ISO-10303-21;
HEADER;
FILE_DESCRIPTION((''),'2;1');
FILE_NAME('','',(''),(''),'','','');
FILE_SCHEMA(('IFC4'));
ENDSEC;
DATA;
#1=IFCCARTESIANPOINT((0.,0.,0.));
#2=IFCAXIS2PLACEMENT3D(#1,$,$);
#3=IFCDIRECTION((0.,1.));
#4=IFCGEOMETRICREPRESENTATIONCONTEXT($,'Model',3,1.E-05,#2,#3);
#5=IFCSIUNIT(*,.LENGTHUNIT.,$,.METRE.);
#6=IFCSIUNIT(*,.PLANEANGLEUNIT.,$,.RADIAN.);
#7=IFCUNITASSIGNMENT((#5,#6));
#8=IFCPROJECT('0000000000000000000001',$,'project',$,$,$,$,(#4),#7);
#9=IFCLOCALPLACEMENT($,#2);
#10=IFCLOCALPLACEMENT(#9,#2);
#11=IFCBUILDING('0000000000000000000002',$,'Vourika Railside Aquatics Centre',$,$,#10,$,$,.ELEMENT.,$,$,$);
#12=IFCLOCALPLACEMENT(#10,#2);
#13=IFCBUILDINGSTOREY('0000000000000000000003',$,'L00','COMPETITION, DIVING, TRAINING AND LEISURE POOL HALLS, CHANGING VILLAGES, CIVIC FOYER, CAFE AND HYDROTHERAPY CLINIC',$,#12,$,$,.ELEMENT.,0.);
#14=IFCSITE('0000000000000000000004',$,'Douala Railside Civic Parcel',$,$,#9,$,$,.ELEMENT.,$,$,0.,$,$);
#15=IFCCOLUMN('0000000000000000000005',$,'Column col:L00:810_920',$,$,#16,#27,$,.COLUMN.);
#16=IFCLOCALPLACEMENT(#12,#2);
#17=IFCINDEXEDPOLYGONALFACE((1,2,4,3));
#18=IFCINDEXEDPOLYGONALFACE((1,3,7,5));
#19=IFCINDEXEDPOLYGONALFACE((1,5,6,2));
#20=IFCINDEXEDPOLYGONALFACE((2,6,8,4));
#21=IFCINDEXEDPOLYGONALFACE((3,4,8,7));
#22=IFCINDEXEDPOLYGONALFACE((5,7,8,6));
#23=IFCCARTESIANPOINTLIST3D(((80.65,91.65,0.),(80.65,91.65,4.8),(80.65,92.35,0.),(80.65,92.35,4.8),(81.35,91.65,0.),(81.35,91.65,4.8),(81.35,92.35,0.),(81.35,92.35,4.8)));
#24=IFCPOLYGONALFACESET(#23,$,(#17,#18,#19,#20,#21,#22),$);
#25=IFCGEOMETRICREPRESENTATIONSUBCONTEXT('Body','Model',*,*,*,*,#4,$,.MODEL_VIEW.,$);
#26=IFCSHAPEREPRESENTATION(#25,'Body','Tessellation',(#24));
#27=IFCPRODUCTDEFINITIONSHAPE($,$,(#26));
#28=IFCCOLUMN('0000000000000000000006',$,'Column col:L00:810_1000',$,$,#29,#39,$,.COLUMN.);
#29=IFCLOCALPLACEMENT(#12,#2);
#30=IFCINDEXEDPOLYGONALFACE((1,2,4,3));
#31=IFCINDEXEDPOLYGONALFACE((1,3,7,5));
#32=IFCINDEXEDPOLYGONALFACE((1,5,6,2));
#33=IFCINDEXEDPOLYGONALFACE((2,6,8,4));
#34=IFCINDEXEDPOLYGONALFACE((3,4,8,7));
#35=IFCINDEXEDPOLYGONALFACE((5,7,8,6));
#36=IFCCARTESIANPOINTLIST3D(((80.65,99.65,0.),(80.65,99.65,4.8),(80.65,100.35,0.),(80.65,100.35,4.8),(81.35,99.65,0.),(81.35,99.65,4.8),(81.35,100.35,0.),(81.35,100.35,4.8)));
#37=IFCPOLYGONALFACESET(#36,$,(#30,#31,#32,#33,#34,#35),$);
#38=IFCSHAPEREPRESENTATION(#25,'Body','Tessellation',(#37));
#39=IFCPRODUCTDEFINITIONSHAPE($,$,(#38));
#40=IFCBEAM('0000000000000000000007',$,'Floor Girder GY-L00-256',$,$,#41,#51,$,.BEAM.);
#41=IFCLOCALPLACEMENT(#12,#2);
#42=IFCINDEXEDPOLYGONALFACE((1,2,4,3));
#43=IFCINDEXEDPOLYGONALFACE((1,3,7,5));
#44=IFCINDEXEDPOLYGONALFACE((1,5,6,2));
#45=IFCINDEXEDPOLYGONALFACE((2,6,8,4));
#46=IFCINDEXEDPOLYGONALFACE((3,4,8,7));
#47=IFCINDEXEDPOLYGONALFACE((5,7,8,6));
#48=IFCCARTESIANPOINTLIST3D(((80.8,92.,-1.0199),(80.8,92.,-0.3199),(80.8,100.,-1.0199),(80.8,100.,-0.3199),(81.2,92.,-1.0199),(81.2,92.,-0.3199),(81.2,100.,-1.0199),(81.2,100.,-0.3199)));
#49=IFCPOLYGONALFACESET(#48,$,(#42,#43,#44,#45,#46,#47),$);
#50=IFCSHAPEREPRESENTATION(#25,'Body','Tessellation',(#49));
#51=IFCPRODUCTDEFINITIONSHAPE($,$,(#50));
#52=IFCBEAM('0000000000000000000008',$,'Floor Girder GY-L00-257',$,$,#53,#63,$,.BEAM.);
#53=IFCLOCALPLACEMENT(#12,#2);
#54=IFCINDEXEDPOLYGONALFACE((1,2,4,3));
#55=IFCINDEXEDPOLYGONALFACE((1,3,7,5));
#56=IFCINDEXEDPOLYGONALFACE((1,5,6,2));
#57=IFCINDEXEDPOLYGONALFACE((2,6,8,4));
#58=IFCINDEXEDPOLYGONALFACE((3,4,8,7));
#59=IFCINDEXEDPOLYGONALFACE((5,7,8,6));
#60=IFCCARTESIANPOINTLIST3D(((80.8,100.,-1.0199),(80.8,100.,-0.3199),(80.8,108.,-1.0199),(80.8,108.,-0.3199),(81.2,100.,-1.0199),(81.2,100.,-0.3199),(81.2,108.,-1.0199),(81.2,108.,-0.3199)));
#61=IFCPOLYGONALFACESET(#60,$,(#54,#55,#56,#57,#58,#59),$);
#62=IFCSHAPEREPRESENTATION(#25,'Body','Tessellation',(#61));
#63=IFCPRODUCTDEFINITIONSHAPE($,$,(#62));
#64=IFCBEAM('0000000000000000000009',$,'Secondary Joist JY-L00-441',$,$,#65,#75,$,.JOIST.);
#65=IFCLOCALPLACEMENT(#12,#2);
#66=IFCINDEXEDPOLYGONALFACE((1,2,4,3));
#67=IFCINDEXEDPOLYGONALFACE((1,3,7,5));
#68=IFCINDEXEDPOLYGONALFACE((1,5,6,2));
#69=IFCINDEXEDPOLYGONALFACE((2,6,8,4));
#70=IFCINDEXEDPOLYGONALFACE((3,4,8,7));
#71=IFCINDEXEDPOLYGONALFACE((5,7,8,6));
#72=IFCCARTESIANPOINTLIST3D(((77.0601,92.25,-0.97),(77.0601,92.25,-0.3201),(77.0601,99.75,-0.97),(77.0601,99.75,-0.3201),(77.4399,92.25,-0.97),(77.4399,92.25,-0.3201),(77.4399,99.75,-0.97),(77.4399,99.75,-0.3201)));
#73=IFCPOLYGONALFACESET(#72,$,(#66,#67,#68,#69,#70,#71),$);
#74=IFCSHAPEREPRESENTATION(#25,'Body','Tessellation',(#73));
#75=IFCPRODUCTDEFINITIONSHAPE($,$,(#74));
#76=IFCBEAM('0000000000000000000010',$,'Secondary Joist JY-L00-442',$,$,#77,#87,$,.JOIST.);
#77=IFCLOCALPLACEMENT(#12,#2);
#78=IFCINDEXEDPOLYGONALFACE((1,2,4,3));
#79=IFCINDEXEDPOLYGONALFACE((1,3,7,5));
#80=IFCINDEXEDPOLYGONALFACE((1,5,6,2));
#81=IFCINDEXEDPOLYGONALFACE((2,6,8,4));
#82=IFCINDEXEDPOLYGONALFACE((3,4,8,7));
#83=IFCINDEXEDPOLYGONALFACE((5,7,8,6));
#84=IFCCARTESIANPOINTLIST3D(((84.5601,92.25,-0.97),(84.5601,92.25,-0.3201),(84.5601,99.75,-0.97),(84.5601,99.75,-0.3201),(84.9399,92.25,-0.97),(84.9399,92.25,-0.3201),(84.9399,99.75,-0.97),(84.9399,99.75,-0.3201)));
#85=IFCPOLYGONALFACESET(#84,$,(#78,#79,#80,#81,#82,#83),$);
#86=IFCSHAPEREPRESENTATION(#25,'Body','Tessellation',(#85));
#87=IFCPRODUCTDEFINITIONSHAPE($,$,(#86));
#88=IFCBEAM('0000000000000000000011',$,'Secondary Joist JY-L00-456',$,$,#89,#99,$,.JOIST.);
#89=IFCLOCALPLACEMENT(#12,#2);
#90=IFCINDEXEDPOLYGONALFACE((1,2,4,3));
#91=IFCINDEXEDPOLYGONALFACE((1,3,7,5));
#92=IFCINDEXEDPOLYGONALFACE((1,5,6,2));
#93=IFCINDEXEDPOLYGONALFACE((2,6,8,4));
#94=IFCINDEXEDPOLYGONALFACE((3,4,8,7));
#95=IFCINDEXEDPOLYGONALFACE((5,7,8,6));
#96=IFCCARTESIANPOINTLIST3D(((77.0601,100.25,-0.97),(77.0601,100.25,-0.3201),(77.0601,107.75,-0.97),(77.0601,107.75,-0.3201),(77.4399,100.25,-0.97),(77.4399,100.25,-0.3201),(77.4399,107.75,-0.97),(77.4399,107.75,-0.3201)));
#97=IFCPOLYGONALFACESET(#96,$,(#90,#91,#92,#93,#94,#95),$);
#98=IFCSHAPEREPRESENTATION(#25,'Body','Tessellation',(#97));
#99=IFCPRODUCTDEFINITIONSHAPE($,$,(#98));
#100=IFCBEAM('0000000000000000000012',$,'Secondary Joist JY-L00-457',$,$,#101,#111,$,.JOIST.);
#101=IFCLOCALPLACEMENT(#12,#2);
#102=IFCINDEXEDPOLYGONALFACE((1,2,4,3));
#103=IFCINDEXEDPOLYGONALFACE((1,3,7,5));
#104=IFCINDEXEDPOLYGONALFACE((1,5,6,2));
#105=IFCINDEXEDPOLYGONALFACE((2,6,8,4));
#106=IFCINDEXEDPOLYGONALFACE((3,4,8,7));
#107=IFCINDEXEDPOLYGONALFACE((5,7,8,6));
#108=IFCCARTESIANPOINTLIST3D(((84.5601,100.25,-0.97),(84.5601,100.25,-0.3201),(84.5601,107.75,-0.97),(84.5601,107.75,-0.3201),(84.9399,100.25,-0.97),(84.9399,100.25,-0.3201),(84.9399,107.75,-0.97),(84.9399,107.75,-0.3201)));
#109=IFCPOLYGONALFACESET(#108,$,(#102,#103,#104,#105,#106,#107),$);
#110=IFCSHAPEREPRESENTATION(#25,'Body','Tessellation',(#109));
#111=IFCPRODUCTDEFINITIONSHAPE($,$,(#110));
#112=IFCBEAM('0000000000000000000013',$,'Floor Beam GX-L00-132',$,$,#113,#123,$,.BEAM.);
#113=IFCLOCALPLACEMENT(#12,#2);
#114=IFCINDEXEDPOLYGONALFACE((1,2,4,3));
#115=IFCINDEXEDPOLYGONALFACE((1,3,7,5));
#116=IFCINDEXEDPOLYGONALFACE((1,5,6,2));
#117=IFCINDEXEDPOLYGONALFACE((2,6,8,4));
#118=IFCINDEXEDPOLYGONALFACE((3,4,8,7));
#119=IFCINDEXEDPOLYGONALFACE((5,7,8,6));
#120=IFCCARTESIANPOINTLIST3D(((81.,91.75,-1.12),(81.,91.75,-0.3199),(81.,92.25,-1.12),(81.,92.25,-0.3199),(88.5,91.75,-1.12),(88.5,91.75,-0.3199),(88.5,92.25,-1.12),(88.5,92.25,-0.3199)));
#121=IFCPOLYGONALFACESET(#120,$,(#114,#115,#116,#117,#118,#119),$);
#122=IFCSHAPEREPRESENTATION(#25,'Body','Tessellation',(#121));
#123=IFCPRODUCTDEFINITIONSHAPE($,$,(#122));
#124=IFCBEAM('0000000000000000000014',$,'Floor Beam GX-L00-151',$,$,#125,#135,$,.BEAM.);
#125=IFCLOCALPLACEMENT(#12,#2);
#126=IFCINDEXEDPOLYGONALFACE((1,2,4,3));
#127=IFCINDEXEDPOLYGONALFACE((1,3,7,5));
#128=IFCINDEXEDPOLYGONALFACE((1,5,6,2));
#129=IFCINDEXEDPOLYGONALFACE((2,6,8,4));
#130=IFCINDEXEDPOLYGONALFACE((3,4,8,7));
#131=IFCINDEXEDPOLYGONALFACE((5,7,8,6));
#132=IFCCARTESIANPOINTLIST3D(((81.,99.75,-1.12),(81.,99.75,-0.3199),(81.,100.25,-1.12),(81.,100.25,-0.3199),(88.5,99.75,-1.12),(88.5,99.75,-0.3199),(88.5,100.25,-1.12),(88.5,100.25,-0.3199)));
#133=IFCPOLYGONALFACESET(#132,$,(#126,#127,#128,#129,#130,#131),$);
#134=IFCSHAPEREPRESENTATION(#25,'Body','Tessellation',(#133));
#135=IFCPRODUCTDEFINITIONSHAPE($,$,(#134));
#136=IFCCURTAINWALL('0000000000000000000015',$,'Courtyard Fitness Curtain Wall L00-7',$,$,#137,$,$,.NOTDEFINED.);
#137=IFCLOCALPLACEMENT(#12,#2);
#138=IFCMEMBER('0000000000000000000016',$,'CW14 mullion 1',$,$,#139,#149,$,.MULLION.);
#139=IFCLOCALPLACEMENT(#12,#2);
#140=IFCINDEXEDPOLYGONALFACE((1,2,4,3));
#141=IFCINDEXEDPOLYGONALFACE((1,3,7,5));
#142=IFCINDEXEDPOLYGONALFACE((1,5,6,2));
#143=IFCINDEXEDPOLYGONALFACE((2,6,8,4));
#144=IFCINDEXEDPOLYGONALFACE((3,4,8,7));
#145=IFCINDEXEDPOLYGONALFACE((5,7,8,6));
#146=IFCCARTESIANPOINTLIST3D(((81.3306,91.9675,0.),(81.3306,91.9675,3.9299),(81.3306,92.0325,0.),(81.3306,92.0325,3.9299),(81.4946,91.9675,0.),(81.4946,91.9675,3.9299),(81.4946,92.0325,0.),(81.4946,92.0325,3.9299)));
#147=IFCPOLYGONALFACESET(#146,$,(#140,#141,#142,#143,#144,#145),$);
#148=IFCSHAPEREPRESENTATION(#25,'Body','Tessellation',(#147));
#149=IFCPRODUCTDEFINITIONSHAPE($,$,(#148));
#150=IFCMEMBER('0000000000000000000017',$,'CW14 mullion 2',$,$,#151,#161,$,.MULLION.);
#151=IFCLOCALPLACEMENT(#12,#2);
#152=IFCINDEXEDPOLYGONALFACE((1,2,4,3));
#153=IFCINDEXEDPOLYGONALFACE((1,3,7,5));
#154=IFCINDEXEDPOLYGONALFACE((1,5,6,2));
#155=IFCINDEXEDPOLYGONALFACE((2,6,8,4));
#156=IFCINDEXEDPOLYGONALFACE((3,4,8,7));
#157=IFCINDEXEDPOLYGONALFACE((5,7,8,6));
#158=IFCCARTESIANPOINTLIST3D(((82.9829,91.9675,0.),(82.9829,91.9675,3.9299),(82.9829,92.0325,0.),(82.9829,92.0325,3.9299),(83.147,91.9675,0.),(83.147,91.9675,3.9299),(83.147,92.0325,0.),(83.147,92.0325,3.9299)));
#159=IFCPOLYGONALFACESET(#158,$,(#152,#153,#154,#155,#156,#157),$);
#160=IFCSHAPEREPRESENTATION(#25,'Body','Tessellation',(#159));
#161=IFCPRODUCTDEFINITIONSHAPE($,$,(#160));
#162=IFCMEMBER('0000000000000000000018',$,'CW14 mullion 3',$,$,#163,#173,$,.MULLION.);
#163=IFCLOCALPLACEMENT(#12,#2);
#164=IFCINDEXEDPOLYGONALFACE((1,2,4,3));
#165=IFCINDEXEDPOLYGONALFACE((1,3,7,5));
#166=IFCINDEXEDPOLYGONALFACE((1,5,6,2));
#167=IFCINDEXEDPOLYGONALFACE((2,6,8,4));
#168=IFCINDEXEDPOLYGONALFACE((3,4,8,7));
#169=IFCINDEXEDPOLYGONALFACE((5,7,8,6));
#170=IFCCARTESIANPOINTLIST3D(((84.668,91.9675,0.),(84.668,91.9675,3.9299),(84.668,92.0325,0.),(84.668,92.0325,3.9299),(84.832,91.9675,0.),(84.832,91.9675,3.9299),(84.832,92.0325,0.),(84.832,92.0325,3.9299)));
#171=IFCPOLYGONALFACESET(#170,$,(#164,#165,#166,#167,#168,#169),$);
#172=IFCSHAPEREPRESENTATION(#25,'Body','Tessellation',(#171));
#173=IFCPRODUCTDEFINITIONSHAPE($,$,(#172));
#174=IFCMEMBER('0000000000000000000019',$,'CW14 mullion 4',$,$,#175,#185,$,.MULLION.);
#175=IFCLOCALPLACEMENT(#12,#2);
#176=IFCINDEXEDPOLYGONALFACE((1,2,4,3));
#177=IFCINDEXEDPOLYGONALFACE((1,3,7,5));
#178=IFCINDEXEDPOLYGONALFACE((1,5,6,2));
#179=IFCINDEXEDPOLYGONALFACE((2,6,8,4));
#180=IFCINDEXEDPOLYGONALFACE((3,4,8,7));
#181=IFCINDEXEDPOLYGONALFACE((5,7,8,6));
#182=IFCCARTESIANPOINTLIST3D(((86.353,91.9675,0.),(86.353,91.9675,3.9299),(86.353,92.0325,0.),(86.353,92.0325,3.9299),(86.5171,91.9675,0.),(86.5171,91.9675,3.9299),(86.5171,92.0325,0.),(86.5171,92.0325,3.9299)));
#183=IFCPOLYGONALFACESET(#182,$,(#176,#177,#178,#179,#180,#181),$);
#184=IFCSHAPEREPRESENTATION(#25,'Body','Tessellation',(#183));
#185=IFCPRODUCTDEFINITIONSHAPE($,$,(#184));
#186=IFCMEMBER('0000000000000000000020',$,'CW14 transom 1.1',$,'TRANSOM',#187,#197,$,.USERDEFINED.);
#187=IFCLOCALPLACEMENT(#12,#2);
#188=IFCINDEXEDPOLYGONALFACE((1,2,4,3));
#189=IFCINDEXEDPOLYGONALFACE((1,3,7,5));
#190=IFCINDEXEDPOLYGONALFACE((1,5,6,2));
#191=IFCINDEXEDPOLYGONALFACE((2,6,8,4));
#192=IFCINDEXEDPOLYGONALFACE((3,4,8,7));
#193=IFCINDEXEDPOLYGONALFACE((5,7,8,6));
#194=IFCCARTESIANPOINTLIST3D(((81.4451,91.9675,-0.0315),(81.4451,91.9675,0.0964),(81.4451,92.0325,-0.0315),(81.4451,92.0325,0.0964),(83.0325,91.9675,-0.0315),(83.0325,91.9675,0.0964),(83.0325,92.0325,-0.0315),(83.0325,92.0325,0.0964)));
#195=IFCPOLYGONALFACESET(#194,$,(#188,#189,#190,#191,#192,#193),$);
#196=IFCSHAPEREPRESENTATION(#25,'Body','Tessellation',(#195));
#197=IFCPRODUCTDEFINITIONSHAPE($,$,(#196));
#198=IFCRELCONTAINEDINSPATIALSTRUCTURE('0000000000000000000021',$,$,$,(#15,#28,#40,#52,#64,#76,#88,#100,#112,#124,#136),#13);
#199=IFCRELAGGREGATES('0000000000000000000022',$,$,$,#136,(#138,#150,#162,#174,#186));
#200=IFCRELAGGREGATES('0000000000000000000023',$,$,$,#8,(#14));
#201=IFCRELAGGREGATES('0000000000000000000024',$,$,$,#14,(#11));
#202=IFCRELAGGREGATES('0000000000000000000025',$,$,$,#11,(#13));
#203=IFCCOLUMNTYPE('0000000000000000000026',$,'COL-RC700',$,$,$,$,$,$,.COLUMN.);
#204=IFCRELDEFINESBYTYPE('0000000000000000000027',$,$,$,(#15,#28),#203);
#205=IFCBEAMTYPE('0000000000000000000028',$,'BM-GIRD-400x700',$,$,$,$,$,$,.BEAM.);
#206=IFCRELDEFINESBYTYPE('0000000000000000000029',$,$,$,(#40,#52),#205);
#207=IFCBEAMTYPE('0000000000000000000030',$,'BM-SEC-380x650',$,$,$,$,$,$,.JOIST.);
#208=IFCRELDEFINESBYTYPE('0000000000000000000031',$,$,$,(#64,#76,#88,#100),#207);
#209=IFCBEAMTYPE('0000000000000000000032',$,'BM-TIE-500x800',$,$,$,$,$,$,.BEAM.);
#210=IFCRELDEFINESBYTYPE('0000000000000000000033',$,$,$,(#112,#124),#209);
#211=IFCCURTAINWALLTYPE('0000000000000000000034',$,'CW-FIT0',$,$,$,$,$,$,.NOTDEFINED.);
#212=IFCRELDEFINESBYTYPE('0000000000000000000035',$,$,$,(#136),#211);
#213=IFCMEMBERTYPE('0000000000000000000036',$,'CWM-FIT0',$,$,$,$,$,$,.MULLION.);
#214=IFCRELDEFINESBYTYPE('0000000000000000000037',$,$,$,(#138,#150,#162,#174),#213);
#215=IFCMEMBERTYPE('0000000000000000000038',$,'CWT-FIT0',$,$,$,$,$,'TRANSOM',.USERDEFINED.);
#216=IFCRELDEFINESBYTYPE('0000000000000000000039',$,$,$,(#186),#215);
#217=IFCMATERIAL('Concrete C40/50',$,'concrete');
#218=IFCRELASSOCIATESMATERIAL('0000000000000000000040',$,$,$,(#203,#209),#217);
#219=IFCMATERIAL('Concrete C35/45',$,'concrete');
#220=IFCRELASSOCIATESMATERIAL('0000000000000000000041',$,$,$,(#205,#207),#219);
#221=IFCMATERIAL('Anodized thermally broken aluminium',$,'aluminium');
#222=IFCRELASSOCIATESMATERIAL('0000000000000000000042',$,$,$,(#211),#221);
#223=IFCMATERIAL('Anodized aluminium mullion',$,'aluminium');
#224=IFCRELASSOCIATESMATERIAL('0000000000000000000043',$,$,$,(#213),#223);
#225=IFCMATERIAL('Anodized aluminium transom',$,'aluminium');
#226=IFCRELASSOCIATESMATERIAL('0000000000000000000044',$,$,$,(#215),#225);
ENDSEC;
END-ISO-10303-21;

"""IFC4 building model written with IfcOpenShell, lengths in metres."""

from ifc_helpers import new_model, si_unit, direction, frame, origin, origin_2d, place, context, subcontext, project, spatial, rectangle, extrude, material, material_profile, profile_set, type_object, element, aggregate, save


model = new_model("IFC4")

# Units and contexts
model_context = context("Model", 3, precision=1e-05, world=origin(), true_north=direction((0.0, 1.0)))
body_context = subcontext(model_context, "Body", "Model", "MODEL_VIEW")
ifc_project = project(units=[si_unit("LENGTHUNIT", "METRE"), si_unit("PLANEANGLEUNIT", "RADIAN")], contexts=[model_context])

# Site, building, storey
site_placement = place(None, origin())
site = spatial("IfcSite", under=ifc_project, at=site_placement, Name="Douala Railside Civic Parcel", CompositionType="ELEMENT", RefElevation=0.0)
building_placement = place(site_placement, origin())
building = spatial("IfcBuilding", under=site, at=building_placement, Name="Vourika Railside Aquatics Centre", CompositionType="ELEMENT")
storey_placement = place(building_placement, origin())
storey = spatial("IfcBuildingStorey", under=building, at=storey_placement, Name="L00", Description="COMPETITION, DIVING, TRAINING AND LEISURE POOL HALLS, CHANGING VILLAGES, CIVIC FOYER, CAFE AND HYDROTHERAPY CLINIC", CompositionType="ELEMENT", Elevation=0.0)

# Columns
ifc_material_1 = material(Name="Concrete C40/50", Category="concrete")
ifc_material_profile_1 = material_profile(ifc_material_1, rectangle(XDim=0.7, YDim=0.7, at=origin_2d()), Name="RC 700x700")
ifc_profile_set_1 = profile_set([ifc_material_profile_1], Name="Concrete C40/50")
column_type = type_object("IfcColumnType", Name="COL-RC700", PredefinedType="COLUMN", material=ifc_profile_set_1)
for number, where, z_axis, x_axis, name in (
    (1, (81.0, 92.0, 0.0), (0.0, 0.0, 1.0), (1.0, 0.0, 0.0), "Column col:L00:810_920"),
    (2, (81.0, 100.0, 0.0), (0.0, 0.0, 1.0), (1.0, 0.0, 0.0), "Column col:L00:810_1000"),
):
    element("IfcColumn", number, at=place(storey_placement, frame(where, z_axis=z_axis, x_axis=x_axis)), inside=storey, type_object=column_type, Name=name, PredefinedType="COLUMN", context=body_context, shape_type="SweptSolid", body=[
        extrude(rectangle(XDim=0.7, YDim=0.7, at=origin_2d()), origin(), (0.0, 0.0, 1.0), 4.8),
    ])

# Beams
ifc_material_2 = material(Name="Concrete C35/45", Category="concrete")
ifc_material_profile_2 = material_profile(ifc_material_2, rectangle(XDim=0.3999, YDim=0.7, at=origin_2d()), Name="RC 400x700")
ifc_profile_set_2 = profile_set([ifc_material_profile_2], Name="Concrete C35/45")
beam_type_1 = type_object("IfcBeamType", Name="BM-GIRD-400x700", PredefinedType="BEAM", material=ifc_profile_set_2)
for number, where, z_axis, x_axis, name in (
    (3, (81.0, 92.0, -0.6699), (0.0, 1.0, 0.0), (-1.0, 0.0, 0.0), "Floor Girder GY-L00-256"),
    (4, (81.0, 100.0, -0.6699), (0.0, 1.0, 0.0), (-1.0, 0.0, 0.0), "Floor Girder GY-L00-257"),
):
    element("IfcBeam", number, at=place(storey_placement, frame(where, z_axis=z_axis, x_axis=x_axis)), inside=storey, type_object=beam_type_1, Name=name, PredefinedType="BEAM", context=body_context, shape_type="SweptSolid", body=[
        extrude(rectangle(XDim=0.3999, YDim=0.7, at=origin_2d()), origin(), (0.0, 0.0, 1.0), 8.0),
    ])
ifc_material_profile_3 = material_profile(ifc_material_2, rectangle(XDim=0.3799, YDim=0.6499, at=origin_2d()), Name="RC 380x650")
ifc_profile_set_3 = profile_set([ifc_material_profile_3], Name="Concrete C35/45")
beam_type_2 = type_object("IfcBeamType", Name="BM-SEC-380x650", PredefinedType="JOIST", material=ifc_profile_set_3)
for number, where, z_axis, x_axis, name in (
    (5, (77.25, 92.25, -0.645), (0.0, 1.0, 0.0), (-1.0, 0.0, 0.0), "Secondary Joist JY-L00-441"),
    (6, (84.75, 92.25, -0.645), (0.0, 1.0, 0.0), (-1.0, 0.0, 0.0), "Secondary Joist JY-L00-442"),
    (7, (77.25, 100.25, -0.645), (0.0, 1.0, 0.0), (-1.0, 0.0, 0.0), "Secondary Joist JY-L00-456"),
    (8, (84.75, 100.25, -0.645), (0.0, 1.0, 0.0), (-1.0, 0.0, 0.0), "Secondary Joist JY-L00-457"),
):
    element("IfcBeam", number, at=place(storey_placement, frame(where, z_axis=z_axis, x_axis=x_axis)), inside=storey, type_object=beam_type_2, Name=name, PredefinedType="JOIST", context=body_context, shape_type="SweptSolid", body=[
        extrude(rectangle(XDim=0.3799, YDim=0.6499, at=origin_2d()), origin(), (0.0, 0.0, 1.0), 7.5),
    ])
ifc_material_profile_4 = material_profile(ifc_material_1, rectangle(XDim=0.5, YDim=0.8, at=origin_2d()), Name="RC 500x800")
ifc_profile_set_4 = profile_set([ifc_material_profile_4], Name="Concrete C40/50")
beam_type_3 = type_object("IfcBeamType", Name="BM-TIE-500x800", PredefinedType="BEAM", material=ifc_profile_set_4)
for number, where, z_axis, x_axis, name in (
    (9, (81.0, 92.0, -0.72), (1.0, 0.0, 0.0), (0.0, 1.0, 0.0), "Floor Beam GX-L00-132"),
    (10, (81.0, 100.0, -0.72), (1.0, 0.0, 0.0), (0.0, 1.0, 0.0), "Floor Beam GX-L00-151"),
):
    element("IfcBeam", number, at=place(storey_placement, frame(where, z_axis=z_axis, x_axis=x_axis)), inside=storey, type_object=beam_type_3, Name=name, PredefinedType="BEAM", context=body_context, shape_type="SweptSolid", body=[
        extrude(rectangle(XDim=0.5, YDim=0.8, at=origin_2d()), origin(), (0.0, 0.0, 1.0), 7.5),
    ])

# Curtain wall, members
ifc_material_3 = material(Name="Anodized thermally broken aluminium", Category="aluminium")
curtain_wall_type = type_object("IfcCurtainWallType", Name="CW-FIT0", PredefinedType="NOTDEFINED", material=ifc_material_3)
curtain_wall_placement = place(storey_placement, origin())
curtain_wall = element("IfcCurtainWall", 11, at=curtain_wall_placement, inside=storey, type_object=curtain_wall_type, Name="Courtyard Fitness Curtain Wall L00-7", PredefinedType="NOTDEFINED")
ifc_material_4 = material(Name="Anodized aluminium mullion", Category="aluminium")
ifc_material_profile_5 = material_profile(ifc_material_4, rectangle(XDim=0.0649, YDim=0.1641, at=origin_2d()), Name="ALU-M 65x164")
ifc_profile_set_5 = profile_set([ifc_material_profile_5], Name="Anodized aluminium mullion")
member_type_1 = type_object("IfcMemberType", Name="CWM-FIT0", PredefinedType="MULLION", material=ifc_profile_set_5)
member_1_placement = place(storey_placement, frame((81.4126, 92.0, 0.0), z_axis=(0.0, 0.0, 1.0), x_axis=(0.0, 1.0, 0.0)))
member_1 = element("IfcMember", 12, at=member_1_placement, type_object=member_type_1, Name="CW14 mullion 1", PredefinedType="MULLION", context=body_context, shape_type="SweptSolid", body=[
    extrude(rectangle(XDim=0.0649, YDim=0.1641, at=origin_2d()), origin(), (0.0, 0.0, 1.0), 3.9299),
])
member_2_placement = place(storey_placement, frame((83.0649, 92.0, 0.0), z_axis=(0.0, 0.0, 1.0), x_axis=(0.0, 1.0, 0.0)))
member_2 = element("IfcMember", 13, at=member_2_placement, type_object=member_type_1, Name="CW14 mullion 2", PredefinedType="MULLION", context=body_context, shape_type="SweptSolid", body=[
    extrude(rectangle(XDim=0.0649, YDim=0.1641, at=origin_2d()), origin(), (0.0, 0.0, 1.0), 3.9299),
])
member_3_placement = place(storey_placement, frame((84.75, 92.0, 0.0), z_axis=(0.0, 0.0, 1.0), x_axis=(0.0, 1.0, 0.0)))
member_3 = element("IfcMember", 14, at=member_3_placement, type_object=member_type_1, Name="CW14 mullion 3", PredefinedType="MULLION", context=body_context, shape_type="SweptSolid", body=[
    extrude(rectangle(XDim=0.0649, YDim=0.1641, at=origin_2d()), origin(), (0.0, 0.0, 1.0), 3.9299),
])
member_4_placement = place(storey_placement, frame((86.4351, 92.0, 0.0), z_axis=(0.0, 0.0, 1.0), x_axis=(0.0, 1.0, 0.0)))
member_4 = element("IfcMember", 15, at=member_4_placement, type_object=member_type_1, Name="CW14 mullion 4", PredefinedType="MULLION", context=body_context, shape_type="SweptSolid", body=[
    extrude(rectangle(XDim=0.0649, YDim=0.1641, at=origin_2d()), origin(), (0.0, 0.0, 1.0), 3.9299),
])
ifc_material_5 = material(Name="Anodized aluminium transom", Category="aluminium")
ifc_material_profile_6 = material_profile(ifc_material_5, rectangle(XDim=0.0649, YDim=0.1279, at=origin_2d()), Name="ALU-T 65x128")
ifc_profile_set_6 = profile_set([ifc_material_profile_6], Name="Anodized aluminium transom")
member_type_2 = type_object("IfcMemberType", Name="CWT-FIT0", ElementType="TRANSOM", PredefinedType="USERDEFINED", material=ifc_profile_set_6)
member_5_placement = place(storey_placement, frame((81.4451, 92.0, 0.0325), z_axis=(1.0, 0.0, 0.0), x_axis=(0.0, 1.0, 0.0)))
member_5 = element("IfcMember", 16, at=member_5_placement, type_object=member_type_2, Name="CW14 transom 1.1", ObjectType="TRANSOM", PredefinedType="USERDEFINED", context=body_context, shape_type="SweptSolid", body=[
    extrude(rectangle(XDim=0.0649, YDim=0.1279, at=origin_2d()), origin(), (0.0, 0.0, 1.0), 1.5874),
])
aggregate(curtain_wall, [member_1, member_2, member_3, member_4, member_5])

save(model, "model.ifc")
